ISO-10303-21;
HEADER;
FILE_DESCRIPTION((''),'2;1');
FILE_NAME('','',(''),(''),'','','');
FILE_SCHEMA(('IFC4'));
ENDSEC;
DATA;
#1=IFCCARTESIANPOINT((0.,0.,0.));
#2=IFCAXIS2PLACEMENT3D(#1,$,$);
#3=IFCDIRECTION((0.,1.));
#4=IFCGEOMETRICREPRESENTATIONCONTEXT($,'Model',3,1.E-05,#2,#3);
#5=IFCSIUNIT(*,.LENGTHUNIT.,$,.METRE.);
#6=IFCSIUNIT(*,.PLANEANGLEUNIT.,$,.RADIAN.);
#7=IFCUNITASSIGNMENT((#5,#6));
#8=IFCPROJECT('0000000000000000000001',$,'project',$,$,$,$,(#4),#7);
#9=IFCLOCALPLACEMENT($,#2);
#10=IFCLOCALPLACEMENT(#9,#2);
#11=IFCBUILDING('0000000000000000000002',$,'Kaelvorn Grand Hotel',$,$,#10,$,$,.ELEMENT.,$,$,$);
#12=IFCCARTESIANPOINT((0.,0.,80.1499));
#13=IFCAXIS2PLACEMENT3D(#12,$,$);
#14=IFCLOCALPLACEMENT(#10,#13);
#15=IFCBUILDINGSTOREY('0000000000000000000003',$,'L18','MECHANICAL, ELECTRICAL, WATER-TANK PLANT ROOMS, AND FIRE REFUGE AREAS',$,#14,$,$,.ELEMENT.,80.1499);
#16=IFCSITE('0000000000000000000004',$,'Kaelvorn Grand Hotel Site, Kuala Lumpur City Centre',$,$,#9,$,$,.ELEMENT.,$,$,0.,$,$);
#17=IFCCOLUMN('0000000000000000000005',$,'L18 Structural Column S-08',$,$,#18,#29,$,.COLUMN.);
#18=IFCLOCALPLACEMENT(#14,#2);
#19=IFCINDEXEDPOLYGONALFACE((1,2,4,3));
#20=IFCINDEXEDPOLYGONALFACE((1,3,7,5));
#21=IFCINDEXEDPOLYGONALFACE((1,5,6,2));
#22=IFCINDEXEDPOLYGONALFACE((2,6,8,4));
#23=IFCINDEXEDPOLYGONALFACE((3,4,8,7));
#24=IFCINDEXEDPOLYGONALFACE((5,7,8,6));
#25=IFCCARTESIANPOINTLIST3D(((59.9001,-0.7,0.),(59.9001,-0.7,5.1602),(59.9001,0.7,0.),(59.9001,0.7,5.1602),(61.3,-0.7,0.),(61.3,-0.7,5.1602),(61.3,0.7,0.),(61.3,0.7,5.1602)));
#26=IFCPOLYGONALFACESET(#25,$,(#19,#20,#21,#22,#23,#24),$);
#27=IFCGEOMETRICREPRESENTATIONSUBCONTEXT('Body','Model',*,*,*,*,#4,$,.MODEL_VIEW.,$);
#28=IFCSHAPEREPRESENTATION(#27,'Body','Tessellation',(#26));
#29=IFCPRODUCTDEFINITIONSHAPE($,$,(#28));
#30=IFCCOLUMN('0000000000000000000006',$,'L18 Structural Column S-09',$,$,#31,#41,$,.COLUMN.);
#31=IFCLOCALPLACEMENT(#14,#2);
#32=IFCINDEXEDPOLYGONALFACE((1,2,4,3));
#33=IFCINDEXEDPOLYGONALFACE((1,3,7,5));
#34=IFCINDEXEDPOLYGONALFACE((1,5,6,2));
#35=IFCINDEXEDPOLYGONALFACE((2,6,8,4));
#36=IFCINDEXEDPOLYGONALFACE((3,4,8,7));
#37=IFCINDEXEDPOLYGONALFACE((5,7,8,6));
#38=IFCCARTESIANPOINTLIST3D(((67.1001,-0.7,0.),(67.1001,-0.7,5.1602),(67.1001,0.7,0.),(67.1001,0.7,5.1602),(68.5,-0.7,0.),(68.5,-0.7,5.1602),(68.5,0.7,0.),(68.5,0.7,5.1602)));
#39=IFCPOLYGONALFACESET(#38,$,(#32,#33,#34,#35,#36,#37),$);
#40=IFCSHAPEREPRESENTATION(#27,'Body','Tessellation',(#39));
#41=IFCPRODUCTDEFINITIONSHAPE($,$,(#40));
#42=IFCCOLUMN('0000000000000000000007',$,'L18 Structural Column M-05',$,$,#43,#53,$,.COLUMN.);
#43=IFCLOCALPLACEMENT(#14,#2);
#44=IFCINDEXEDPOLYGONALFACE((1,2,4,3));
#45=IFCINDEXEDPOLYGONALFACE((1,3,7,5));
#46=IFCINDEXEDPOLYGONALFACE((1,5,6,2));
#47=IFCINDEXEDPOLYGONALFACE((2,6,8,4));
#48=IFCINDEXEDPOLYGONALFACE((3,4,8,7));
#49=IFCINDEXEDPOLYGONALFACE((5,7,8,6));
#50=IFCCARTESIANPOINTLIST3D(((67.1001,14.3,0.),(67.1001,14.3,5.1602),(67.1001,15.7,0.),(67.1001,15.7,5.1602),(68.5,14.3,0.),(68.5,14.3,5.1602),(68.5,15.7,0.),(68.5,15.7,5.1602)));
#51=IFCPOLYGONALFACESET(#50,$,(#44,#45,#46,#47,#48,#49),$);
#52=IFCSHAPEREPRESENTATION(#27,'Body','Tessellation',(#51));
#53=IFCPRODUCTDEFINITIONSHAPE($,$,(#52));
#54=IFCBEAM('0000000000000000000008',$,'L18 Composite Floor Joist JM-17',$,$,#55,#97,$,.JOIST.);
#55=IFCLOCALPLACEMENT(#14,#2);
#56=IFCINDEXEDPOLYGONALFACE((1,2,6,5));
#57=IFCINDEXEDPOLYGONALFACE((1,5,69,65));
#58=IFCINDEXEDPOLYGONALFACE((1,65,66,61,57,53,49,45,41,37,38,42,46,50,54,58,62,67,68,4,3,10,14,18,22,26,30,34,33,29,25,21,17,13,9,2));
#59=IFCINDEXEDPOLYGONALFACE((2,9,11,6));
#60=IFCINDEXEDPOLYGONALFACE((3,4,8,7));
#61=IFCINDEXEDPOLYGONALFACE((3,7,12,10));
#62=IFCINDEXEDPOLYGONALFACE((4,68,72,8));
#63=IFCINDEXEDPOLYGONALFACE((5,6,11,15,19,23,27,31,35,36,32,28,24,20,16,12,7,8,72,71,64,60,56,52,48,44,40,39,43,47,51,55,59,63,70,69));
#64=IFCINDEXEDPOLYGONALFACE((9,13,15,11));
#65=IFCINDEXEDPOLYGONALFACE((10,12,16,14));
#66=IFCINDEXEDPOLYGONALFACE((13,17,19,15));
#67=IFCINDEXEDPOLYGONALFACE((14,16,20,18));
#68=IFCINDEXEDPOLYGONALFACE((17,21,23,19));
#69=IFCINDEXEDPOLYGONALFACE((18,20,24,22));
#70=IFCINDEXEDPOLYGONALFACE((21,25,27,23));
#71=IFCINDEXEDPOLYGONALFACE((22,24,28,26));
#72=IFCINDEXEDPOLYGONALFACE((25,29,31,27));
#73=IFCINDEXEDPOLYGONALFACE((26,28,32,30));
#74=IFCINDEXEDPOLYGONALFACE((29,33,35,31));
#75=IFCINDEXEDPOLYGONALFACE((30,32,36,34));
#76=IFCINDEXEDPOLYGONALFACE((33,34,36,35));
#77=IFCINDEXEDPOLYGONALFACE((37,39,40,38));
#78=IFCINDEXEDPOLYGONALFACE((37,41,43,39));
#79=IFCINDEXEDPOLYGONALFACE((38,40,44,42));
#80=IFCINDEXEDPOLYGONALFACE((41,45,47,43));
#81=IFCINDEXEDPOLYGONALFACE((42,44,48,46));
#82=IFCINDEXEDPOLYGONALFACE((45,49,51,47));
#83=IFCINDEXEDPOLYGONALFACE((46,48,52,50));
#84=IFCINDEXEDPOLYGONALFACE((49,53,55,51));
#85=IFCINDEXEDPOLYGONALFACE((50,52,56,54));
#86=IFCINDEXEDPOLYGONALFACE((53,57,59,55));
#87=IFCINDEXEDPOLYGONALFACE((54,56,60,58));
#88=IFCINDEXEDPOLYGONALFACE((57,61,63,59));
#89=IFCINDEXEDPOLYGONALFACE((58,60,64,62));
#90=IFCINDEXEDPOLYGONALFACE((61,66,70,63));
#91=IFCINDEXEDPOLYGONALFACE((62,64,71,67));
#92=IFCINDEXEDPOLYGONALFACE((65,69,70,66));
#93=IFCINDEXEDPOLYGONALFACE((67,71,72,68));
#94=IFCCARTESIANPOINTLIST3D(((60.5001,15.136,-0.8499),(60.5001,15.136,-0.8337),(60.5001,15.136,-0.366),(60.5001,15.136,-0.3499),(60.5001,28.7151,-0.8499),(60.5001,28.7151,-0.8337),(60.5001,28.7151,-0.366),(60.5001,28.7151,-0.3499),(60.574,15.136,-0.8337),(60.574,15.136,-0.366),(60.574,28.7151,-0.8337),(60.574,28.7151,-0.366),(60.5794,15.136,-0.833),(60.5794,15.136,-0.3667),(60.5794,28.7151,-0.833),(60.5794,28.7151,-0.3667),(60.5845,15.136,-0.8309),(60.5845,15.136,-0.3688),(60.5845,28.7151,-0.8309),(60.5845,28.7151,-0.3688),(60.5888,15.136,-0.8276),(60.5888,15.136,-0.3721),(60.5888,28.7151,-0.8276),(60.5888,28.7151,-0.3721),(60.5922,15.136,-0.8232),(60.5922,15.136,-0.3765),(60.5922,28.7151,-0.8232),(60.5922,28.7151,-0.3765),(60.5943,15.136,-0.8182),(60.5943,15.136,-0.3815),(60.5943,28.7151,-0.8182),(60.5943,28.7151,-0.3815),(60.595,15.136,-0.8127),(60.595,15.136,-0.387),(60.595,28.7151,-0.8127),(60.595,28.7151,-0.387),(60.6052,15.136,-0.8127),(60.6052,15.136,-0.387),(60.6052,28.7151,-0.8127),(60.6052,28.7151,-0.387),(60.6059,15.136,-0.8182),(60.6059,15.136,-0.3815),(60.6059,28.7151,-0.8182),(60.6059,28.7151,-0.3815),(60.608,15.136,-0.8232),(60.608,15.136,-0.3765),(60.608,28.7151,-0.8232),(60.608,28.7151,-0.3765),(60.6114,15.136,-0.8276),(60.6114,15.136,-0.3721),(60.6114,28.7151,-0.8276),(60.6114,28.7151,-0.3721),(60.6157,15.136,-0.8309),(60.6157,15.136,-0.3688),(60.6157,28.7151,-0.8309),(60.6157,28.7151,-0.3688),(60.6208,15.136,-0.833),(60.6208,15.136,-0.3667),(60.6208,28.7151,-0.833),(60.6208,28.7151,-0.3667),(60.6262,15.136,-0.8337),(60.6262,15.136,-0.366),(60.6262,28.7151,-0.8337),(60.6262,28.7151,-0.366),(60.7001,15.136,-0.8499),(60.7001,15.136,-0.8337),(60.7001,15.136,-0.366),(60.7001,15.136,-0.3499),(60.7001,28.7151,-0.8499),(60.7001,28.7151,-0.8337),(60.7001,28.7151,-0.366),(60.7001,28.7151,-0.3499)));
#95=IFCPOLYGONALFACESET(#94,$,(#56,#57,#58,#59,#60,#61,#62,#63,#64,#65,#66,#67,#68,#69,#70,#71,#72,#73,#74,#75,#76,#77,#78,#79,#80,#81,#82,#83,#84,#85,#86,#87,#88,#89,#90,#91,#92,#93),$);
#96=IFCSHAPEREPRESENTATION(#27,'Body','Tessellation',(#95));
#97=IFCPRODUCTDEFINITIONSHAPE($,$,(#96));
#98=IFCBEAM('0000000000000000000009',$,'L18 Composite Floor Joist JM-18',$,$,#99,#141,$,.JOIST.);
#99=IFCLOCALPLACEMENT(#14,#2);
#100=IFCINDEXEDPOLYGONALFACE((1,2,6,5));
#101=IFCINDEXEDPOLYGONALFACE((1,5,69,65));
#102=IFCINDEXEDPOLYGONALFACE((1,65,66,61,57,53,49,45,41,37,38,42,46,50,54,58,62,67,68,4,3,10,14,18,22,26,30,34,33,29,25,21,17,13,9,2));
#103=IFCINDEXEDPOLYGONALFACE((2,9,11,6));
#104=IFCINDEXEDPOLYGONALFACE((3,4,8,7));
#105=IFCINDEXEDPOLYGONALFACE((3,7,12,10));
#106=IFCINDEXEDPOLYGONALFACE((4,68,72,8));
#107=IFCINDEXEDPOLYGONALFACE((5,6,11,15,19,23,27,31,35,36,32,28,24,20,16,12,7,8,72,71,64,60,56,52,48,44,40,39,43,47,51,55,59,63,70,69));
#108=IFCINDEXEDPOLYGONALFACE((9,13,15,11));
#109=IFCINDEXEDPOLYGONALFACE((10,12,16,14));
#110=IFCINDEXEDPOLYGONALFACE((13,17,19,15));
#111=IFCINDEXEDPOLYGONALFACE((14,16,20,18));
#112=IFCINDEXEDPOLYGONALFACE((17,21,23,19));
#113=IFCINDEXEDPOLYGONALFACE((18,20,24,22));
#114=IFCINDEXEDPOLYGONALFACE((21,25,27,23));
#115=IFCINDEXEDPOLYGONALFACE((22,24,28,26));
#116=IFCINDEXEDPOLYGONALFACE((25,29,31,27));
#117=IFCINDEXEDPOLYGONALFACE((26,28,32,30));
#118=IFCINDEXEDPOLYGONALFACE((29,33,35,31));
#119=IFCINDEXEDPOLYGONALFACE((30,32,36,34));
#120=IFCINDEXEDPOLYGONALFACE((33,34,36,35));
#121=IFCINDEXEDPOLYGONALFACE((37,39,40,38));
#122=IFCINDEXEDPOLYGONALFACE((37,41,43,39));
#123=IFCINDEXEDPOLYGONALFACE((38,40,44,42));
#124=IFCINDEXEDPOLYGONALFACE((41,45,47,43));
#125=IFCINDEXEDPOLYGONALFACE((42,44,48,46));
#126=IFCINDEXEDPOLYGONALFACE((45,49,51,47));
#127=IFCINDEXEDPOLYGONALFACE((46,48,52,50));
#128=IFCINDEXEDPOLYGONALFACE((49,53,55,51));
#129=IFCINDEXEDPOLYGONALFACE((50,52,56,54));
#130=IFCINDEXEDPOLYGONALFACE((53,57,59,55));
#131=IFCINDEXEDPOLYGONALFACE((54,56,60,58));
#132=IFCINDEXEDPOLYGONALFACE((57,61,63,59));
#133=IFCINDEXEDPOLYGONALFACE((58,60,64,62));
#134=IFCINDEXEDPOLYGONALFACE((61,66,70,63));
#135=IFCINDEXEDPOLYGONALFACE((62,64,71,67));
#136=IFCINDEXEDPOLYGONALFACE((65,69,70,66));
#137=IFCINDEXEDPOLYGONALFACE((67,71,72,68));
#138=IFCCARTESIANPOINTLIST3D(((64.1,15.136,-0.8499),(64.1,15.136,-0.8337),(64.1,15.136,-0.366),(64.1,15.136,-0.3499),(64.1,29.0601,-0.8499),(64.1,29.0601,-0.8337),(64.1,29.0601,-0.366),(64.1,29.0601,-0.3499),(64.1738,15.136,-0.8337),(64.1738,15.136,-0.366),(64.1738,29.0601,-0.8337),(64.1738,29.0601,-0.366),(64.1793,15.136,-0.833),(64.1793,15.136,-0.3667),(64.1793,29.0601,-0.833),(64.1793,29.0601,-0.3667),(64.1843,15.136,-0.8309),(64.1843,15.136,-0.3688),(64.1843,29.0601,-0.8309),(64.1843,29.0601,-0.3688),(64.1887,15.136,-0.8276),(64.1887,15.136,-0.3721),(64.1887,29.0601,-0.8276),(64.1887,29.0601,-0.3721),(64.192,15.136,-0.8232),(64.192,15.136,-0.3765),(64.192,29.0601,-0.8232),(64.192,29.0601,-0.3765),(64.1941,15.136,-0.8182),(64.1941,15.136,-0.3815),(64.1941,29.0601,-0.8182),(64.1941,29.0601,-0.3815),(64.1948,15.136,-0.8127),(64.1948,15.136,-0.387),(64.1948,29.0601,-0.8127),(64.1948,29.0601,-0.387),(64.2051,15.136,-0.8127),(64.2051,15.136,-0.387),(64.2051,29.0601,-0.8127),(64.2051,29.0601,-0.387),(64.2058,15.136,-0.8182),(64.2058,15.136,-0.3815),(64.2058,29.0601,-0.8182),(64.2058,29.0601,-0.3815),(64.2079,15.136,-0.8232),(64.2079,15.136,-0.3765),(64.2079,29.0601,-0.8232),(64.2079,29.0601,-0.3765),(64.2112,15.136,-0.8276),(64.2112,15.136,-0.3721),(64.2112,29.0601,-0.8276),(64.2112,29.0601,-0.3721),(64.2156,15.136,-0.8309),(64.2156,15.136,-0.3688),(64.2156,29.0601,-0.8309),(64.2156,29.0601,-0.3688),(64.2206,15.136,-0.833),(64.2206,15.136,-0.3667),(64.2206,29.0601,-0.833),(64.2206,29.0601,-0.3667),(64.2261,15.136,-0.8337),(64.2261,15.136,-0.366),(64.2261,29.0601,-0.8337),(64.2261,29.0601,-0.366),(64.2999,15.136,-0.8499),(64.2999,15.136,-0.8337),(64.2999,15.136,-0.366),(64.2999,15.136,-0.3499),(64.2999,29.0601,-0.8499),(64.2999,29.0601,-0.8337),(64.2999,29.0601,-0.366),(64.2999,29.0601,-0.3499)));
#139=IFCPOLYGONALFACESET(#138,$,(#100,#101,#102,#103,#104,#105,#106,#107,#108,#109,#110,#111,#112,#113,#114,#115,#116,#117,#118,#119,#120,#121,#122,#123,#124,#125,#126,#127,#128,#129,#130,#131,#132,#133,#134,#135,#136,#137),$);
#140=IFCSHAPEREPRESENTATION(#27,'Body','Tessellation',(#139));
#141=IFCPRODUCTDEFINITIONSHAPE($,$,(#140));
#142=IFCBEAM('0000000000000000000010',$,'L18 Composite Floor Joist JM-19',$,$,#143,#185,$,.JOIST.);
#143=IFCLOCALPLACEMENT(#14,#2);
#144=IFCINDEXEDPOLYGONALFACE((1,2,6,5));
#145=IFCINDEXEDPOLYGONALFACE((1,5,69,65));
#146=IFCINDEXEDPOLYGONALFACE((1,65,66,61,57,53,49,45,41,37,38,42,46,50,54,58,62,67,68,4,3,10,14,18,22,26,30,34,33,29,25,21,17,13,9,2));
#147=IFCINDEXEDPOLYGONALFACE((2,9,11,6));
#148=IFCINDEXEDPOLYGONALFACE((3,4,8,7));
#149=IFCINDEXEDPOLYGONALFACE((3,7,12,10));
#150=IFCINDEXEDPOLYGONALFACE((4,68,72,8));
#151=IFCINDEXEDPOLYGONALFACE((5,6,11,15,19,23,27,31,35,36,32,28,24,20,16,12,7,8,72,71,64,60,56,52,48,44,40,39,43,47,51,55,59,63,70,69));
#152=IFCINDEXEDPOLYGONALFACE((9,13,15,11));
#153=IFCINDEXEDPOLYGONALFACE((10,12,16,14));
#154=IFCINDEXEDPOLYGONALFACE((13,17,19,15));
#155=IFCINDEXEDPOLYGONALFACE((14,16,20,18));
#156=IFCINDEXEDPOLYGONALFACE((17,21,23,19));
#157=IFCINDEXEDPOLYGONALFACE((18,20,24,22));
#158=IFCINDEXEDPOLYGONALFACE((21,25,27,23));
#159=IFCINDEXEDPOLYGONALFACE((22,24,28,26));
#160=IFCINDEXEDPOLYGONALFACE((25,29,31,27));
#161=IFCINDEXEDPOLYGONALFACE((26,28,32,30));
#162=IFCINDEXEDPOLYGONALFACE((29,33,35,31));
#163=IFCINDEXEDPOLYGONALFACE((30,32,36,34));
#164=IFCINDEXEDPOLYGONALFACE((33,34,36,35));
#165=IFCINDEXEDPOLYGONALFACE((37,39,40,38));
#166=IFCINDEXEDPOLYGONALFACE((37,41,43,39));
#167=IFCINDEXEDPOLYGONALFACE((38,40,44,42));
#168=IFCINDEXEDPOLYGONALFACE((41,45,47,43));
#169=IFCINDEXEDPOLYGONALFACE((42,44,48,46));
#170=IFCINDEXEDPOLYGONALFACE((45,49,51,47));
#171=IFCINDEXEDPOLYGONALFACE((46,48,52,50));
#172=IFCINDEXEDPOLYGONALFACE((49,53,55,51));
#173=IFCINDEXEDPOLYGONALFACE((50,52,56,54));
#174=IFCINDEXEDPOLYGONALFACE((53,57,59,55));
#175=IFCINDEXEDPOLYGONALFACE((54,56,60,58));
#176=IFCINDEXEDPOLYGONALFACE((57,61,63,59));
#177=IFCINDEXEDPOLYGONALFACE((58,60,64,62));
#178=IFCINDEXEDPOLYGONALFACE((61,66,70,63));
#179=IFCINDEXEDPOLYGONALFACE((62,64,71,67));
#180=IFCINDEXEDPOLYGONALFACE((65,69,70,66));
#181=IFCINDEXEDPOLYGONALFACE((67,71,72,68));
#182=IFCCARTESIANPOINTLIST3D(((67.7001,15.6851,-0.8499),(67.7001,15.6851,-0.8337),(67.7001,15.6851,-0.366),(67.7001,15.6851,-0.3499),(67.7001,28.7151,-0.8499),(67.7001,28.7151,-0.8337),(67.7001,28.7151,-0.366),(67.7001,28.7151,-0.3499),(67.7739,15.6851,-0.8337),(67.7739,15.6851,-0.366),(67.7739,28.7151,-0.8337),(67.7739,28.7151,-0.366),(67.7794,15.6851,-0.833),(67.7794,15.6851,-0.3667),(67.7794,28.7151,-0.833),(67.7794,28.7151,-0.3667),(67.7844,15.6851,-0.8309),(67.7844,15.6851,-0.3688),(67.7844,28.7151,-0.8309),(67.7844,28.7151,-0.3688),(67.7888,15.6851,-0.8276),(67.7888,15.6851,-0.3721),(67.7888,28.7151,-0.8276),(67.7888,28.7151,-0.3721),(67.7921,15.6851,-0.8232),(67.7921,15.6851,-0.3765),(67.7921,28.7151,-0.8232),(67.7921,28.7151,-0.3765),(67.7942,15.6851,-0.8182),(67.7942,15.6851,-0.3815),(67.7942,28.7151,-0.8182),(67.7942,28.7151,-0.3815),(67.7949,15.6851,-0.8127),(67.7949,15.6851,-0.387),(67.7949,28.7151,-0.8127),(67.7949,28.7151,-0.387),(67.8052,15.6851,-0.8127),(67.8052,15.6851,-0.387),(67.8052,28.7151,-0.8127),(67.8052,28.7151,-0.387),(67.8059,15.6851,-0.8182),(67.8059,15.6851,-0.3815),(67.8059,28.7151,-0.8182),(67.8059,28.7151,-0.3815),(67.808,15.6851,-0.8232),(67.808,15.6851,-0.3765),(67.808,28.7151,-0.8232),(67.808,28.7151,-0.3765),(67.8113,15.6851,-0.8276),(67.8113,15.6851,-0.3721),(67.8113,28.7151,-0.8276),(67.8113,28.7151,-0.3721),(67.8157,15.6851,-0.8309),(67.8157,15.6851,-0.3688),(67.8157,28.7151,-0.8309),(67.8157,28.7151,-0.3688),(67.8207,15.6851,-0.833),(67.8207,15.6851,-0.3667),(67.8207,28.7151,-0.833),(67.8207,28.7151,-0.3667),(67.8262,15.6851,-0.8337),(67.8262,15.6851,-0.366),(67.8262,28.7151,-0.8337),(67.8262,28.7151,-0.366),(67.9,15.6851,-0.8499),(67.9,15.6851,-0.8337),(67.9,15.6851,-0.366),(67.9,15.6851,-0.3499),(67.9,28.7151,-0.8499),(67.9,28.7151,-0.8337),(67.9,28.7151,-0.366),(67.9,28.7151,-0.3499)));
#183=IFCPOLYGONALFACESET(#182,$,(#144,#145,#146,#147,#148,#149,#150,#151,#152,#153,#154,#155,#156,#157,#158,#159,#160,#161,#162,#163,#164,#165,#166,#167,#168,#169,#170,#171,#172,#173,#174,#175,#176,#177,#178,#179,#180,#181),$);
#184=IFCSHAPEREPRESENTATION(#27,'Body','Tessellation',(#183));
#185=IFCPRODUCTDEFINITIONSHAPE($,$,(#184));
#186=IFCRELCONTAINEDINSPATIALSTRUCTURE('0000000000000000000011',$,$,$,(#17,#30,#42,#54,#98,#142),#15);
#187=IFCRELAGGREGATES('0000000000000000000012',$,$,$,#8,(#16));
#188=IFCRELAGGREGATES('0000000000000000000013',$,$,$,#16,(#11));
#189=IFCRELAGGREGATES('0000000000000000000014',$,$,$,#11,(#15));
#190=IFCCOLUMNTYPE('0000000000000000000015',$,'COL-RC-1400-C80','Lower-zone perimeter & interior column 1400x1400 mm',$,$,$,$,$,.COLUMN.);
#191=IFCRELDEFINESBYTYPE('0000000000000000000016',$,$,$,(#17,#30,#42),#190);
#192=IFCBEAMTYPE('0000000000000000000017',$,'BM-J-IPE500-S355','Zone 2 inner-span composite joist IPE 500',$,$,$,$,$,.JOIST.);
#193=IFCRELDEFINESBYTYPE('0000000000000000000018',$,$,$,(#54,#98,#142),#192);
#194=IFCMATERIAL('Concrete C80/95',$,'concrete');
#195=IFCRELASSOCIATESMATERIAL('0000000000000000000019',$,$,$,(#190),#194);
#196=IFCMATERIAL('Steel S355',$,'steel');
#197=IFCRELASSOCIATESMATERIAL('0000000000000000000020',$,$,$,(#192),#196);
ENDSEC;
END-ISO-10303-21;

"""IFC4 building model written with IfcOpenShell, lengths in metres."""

from ifc_helpers import new_model, si_unit, direction, frame, origin, origin_2d, place, context, subcontext, project, spatial, rectangle, i_section, extrude, material, material_profile, profile_set, type_object, element, save


model = new_model("IFC4")

# Units and contexts
model_context = context("Model", 3, precision=1e-05, world=origin(), true_north=direction((0.0, 1.0)))
body_context = subcontext(model_context, "Body", "Model", "MODEL_VIEW")
ifc_project = project(units=[si_unit("LENGTHUNIT", "METRE"), si_unit("PLANEANGLEUNIT", "RADIAN")], contexts=[model_context])

# Site, building, storey
site_placement = place(None, origin())
site = spatial("IfcSite", under=ifc_project, at=site_placement, Name="Kaelvorn Grand Hotel Site, Kuala Lumpur City Centre", CompositionType="ELEMENT", RefElevation=0.0)
building_placement = place(site_placement, origin())
building = spatial("IfcBuilding", under=site, at=building_placement, Name="Kaelvorn Grand Hotel", CompositionType="ELEMENT")
storey_placement = place(building_placement, frame((0.0, 0.0, 80.1499)))
storey = spatial("IfcBuildingStorey", under=building, at=storey_placement, Name="L18", Description="MECHANICAL, ELECTRICAL, WATER-TANK PLANT ROOMS, AND FIRE REFUGE AREAS", CompositionType="ELEMENT", Elevation=80.1499)

# Columns
ifc_material_1 = material(Name="Concrete C80/95", Category="concrete")
ifc_material_profile_1 = material_profile(ifc_material_1, rectangle(XDim=1.3999, YDim=1.3999, at=origin_2d()), Name="RC COL 1400x1400")
ifc_profile_set_1 = profile_set([ifc_material_profile_1], Name="Concrete C80/95")
column_type = type_object("IfcColumnType", Name="COL-RC-1400-C80", Description="Lower-zone perimeter & interior column 1400x1400 mm", PredefinedType="COLUMN", material=ifc_profile_set_1)
for number, where, z_axis, x_axis, name in (
    (1, (60.6001, 0.0, 0.0), (0.0, 0.0, 1.0), (1.0, 0.0, 0.0), "L18 Structural Column S-08"),
    (2, (67.8, 0.0, 0.0), (0.0, 0.0, 1.0), (1.0, 0.0, 0.0), "L18 Structural Column S-09"),
    (3, (67.8, 15.0, 0.0), (0.0, 0.0, 1.0), (1.0, 0.0, 0.0), "L18 Structural Column M-05"),
):
    element("IfcColumn", number, at=place(storey_placement, frame(where, z_axis=z_axis, x_axis=x_axis)), inside=storey, type_object=column_type, Name=name, PredefinedType="COLUMN", context=body_context, shape_type="SweptSolid", body=[
        extrude(rectangle(XDim=1.3999, YDim=1.3999, at=origin_2d()), origin(), (0.0, 0.0, 1.0), 5.1602),
    ])

# Beams
ifc_material_2 = material(Name="Steel S355", Category="steel")
ifc_material_profile_2 = material_profile(ifc_material_2, i_section(OverallWidth=0.2, OverallDepth=0.5, WebThickness=0.0103, FlangeThickness=0.0161, FilletRadius=0.021, at=origin_2d()), Name="IPE 500")
ifc_profile_set_2 = profile_set([ifc_material_profile_2], Name="Steel S355")
beam_type_1 = type_object("IfcBeamType", Name="BM-J-IPE500-S355", Description="Zone 2 inner-span composite joist IPE 500", PredefinedType="JOIST", material=ifc_profile_set_2)
beam_1_placement = place(storey_placement, frame((60.6001, 15.136, -0.5999), z_axis=(0.0, 1.0, 0.0), x_axis=(-1.0, 0.0, 0.0)))
element("IfcBeam", 4, at=beam_1_placement, inside=storey, type_object=beam_type_1, Name="L18 Composite Floor Joist JM-17", PredefinedType="JOIST", context=body_context, shape_type="SweptSolid", body=[
    extrude(i_section(OverallWidth=0.2, OverallDepth=0.5, WebThickness=0.0103, FlangeThickness=0.0161, FilletRadius=0.021, at=origin_2d()), origin(), (0.0, 0.0, 1.0), 13.5791),
])
beam_2_placement = place(storey_placement, frame((64.2, 15.136, -0.5999), z_axis=(0.0, 1.0, 0.0), x_axis=(-1.0, 0.0, 0.0)))
element("IfcBeam", 5, at=beam_2_placement, inside=storey, type_object=beam_type_1, Name="L18 Composite Floor Joist JM-18", PredefinedType="JOIST", context=body_context, shape_type="SweptSolid", body=[
    extrude(i_section(OverallWidth=0.2, OverallDepth=0.5, WebThickness=0.0103, FlangeThickness=0.0161, FilletRadius=0.021, at=origin_2d()), origin(), (0.0, 0.0, 1.0), 13.9241),
])
beam_3_placement = place(storey_placement, frame((67.8, 15.6851, -0.5999), z_axis=(0.0, 1.0, 0.0), x_axis=(-1.0, 0.0, 0.0)))
element("IfcBeam", 6, at=beam_3_placement, inside=storey, type_object=beam_type_1, Name="L18 Composite Floor Joist JM-19", PredefinedType="JOIST", context=body_context, shape_type="SweptSolid", body=[
    extrude(i_section(OverallWidth=0.2, OverallDepth=0.5, WebThickness=0.0103, FlangeThickness=0.0161, FilletRadius=0.021, at=origin_2d()), origin(), (0.0, 0.0, 1.0), 13.03),
])

save(model, "model.ifc")
